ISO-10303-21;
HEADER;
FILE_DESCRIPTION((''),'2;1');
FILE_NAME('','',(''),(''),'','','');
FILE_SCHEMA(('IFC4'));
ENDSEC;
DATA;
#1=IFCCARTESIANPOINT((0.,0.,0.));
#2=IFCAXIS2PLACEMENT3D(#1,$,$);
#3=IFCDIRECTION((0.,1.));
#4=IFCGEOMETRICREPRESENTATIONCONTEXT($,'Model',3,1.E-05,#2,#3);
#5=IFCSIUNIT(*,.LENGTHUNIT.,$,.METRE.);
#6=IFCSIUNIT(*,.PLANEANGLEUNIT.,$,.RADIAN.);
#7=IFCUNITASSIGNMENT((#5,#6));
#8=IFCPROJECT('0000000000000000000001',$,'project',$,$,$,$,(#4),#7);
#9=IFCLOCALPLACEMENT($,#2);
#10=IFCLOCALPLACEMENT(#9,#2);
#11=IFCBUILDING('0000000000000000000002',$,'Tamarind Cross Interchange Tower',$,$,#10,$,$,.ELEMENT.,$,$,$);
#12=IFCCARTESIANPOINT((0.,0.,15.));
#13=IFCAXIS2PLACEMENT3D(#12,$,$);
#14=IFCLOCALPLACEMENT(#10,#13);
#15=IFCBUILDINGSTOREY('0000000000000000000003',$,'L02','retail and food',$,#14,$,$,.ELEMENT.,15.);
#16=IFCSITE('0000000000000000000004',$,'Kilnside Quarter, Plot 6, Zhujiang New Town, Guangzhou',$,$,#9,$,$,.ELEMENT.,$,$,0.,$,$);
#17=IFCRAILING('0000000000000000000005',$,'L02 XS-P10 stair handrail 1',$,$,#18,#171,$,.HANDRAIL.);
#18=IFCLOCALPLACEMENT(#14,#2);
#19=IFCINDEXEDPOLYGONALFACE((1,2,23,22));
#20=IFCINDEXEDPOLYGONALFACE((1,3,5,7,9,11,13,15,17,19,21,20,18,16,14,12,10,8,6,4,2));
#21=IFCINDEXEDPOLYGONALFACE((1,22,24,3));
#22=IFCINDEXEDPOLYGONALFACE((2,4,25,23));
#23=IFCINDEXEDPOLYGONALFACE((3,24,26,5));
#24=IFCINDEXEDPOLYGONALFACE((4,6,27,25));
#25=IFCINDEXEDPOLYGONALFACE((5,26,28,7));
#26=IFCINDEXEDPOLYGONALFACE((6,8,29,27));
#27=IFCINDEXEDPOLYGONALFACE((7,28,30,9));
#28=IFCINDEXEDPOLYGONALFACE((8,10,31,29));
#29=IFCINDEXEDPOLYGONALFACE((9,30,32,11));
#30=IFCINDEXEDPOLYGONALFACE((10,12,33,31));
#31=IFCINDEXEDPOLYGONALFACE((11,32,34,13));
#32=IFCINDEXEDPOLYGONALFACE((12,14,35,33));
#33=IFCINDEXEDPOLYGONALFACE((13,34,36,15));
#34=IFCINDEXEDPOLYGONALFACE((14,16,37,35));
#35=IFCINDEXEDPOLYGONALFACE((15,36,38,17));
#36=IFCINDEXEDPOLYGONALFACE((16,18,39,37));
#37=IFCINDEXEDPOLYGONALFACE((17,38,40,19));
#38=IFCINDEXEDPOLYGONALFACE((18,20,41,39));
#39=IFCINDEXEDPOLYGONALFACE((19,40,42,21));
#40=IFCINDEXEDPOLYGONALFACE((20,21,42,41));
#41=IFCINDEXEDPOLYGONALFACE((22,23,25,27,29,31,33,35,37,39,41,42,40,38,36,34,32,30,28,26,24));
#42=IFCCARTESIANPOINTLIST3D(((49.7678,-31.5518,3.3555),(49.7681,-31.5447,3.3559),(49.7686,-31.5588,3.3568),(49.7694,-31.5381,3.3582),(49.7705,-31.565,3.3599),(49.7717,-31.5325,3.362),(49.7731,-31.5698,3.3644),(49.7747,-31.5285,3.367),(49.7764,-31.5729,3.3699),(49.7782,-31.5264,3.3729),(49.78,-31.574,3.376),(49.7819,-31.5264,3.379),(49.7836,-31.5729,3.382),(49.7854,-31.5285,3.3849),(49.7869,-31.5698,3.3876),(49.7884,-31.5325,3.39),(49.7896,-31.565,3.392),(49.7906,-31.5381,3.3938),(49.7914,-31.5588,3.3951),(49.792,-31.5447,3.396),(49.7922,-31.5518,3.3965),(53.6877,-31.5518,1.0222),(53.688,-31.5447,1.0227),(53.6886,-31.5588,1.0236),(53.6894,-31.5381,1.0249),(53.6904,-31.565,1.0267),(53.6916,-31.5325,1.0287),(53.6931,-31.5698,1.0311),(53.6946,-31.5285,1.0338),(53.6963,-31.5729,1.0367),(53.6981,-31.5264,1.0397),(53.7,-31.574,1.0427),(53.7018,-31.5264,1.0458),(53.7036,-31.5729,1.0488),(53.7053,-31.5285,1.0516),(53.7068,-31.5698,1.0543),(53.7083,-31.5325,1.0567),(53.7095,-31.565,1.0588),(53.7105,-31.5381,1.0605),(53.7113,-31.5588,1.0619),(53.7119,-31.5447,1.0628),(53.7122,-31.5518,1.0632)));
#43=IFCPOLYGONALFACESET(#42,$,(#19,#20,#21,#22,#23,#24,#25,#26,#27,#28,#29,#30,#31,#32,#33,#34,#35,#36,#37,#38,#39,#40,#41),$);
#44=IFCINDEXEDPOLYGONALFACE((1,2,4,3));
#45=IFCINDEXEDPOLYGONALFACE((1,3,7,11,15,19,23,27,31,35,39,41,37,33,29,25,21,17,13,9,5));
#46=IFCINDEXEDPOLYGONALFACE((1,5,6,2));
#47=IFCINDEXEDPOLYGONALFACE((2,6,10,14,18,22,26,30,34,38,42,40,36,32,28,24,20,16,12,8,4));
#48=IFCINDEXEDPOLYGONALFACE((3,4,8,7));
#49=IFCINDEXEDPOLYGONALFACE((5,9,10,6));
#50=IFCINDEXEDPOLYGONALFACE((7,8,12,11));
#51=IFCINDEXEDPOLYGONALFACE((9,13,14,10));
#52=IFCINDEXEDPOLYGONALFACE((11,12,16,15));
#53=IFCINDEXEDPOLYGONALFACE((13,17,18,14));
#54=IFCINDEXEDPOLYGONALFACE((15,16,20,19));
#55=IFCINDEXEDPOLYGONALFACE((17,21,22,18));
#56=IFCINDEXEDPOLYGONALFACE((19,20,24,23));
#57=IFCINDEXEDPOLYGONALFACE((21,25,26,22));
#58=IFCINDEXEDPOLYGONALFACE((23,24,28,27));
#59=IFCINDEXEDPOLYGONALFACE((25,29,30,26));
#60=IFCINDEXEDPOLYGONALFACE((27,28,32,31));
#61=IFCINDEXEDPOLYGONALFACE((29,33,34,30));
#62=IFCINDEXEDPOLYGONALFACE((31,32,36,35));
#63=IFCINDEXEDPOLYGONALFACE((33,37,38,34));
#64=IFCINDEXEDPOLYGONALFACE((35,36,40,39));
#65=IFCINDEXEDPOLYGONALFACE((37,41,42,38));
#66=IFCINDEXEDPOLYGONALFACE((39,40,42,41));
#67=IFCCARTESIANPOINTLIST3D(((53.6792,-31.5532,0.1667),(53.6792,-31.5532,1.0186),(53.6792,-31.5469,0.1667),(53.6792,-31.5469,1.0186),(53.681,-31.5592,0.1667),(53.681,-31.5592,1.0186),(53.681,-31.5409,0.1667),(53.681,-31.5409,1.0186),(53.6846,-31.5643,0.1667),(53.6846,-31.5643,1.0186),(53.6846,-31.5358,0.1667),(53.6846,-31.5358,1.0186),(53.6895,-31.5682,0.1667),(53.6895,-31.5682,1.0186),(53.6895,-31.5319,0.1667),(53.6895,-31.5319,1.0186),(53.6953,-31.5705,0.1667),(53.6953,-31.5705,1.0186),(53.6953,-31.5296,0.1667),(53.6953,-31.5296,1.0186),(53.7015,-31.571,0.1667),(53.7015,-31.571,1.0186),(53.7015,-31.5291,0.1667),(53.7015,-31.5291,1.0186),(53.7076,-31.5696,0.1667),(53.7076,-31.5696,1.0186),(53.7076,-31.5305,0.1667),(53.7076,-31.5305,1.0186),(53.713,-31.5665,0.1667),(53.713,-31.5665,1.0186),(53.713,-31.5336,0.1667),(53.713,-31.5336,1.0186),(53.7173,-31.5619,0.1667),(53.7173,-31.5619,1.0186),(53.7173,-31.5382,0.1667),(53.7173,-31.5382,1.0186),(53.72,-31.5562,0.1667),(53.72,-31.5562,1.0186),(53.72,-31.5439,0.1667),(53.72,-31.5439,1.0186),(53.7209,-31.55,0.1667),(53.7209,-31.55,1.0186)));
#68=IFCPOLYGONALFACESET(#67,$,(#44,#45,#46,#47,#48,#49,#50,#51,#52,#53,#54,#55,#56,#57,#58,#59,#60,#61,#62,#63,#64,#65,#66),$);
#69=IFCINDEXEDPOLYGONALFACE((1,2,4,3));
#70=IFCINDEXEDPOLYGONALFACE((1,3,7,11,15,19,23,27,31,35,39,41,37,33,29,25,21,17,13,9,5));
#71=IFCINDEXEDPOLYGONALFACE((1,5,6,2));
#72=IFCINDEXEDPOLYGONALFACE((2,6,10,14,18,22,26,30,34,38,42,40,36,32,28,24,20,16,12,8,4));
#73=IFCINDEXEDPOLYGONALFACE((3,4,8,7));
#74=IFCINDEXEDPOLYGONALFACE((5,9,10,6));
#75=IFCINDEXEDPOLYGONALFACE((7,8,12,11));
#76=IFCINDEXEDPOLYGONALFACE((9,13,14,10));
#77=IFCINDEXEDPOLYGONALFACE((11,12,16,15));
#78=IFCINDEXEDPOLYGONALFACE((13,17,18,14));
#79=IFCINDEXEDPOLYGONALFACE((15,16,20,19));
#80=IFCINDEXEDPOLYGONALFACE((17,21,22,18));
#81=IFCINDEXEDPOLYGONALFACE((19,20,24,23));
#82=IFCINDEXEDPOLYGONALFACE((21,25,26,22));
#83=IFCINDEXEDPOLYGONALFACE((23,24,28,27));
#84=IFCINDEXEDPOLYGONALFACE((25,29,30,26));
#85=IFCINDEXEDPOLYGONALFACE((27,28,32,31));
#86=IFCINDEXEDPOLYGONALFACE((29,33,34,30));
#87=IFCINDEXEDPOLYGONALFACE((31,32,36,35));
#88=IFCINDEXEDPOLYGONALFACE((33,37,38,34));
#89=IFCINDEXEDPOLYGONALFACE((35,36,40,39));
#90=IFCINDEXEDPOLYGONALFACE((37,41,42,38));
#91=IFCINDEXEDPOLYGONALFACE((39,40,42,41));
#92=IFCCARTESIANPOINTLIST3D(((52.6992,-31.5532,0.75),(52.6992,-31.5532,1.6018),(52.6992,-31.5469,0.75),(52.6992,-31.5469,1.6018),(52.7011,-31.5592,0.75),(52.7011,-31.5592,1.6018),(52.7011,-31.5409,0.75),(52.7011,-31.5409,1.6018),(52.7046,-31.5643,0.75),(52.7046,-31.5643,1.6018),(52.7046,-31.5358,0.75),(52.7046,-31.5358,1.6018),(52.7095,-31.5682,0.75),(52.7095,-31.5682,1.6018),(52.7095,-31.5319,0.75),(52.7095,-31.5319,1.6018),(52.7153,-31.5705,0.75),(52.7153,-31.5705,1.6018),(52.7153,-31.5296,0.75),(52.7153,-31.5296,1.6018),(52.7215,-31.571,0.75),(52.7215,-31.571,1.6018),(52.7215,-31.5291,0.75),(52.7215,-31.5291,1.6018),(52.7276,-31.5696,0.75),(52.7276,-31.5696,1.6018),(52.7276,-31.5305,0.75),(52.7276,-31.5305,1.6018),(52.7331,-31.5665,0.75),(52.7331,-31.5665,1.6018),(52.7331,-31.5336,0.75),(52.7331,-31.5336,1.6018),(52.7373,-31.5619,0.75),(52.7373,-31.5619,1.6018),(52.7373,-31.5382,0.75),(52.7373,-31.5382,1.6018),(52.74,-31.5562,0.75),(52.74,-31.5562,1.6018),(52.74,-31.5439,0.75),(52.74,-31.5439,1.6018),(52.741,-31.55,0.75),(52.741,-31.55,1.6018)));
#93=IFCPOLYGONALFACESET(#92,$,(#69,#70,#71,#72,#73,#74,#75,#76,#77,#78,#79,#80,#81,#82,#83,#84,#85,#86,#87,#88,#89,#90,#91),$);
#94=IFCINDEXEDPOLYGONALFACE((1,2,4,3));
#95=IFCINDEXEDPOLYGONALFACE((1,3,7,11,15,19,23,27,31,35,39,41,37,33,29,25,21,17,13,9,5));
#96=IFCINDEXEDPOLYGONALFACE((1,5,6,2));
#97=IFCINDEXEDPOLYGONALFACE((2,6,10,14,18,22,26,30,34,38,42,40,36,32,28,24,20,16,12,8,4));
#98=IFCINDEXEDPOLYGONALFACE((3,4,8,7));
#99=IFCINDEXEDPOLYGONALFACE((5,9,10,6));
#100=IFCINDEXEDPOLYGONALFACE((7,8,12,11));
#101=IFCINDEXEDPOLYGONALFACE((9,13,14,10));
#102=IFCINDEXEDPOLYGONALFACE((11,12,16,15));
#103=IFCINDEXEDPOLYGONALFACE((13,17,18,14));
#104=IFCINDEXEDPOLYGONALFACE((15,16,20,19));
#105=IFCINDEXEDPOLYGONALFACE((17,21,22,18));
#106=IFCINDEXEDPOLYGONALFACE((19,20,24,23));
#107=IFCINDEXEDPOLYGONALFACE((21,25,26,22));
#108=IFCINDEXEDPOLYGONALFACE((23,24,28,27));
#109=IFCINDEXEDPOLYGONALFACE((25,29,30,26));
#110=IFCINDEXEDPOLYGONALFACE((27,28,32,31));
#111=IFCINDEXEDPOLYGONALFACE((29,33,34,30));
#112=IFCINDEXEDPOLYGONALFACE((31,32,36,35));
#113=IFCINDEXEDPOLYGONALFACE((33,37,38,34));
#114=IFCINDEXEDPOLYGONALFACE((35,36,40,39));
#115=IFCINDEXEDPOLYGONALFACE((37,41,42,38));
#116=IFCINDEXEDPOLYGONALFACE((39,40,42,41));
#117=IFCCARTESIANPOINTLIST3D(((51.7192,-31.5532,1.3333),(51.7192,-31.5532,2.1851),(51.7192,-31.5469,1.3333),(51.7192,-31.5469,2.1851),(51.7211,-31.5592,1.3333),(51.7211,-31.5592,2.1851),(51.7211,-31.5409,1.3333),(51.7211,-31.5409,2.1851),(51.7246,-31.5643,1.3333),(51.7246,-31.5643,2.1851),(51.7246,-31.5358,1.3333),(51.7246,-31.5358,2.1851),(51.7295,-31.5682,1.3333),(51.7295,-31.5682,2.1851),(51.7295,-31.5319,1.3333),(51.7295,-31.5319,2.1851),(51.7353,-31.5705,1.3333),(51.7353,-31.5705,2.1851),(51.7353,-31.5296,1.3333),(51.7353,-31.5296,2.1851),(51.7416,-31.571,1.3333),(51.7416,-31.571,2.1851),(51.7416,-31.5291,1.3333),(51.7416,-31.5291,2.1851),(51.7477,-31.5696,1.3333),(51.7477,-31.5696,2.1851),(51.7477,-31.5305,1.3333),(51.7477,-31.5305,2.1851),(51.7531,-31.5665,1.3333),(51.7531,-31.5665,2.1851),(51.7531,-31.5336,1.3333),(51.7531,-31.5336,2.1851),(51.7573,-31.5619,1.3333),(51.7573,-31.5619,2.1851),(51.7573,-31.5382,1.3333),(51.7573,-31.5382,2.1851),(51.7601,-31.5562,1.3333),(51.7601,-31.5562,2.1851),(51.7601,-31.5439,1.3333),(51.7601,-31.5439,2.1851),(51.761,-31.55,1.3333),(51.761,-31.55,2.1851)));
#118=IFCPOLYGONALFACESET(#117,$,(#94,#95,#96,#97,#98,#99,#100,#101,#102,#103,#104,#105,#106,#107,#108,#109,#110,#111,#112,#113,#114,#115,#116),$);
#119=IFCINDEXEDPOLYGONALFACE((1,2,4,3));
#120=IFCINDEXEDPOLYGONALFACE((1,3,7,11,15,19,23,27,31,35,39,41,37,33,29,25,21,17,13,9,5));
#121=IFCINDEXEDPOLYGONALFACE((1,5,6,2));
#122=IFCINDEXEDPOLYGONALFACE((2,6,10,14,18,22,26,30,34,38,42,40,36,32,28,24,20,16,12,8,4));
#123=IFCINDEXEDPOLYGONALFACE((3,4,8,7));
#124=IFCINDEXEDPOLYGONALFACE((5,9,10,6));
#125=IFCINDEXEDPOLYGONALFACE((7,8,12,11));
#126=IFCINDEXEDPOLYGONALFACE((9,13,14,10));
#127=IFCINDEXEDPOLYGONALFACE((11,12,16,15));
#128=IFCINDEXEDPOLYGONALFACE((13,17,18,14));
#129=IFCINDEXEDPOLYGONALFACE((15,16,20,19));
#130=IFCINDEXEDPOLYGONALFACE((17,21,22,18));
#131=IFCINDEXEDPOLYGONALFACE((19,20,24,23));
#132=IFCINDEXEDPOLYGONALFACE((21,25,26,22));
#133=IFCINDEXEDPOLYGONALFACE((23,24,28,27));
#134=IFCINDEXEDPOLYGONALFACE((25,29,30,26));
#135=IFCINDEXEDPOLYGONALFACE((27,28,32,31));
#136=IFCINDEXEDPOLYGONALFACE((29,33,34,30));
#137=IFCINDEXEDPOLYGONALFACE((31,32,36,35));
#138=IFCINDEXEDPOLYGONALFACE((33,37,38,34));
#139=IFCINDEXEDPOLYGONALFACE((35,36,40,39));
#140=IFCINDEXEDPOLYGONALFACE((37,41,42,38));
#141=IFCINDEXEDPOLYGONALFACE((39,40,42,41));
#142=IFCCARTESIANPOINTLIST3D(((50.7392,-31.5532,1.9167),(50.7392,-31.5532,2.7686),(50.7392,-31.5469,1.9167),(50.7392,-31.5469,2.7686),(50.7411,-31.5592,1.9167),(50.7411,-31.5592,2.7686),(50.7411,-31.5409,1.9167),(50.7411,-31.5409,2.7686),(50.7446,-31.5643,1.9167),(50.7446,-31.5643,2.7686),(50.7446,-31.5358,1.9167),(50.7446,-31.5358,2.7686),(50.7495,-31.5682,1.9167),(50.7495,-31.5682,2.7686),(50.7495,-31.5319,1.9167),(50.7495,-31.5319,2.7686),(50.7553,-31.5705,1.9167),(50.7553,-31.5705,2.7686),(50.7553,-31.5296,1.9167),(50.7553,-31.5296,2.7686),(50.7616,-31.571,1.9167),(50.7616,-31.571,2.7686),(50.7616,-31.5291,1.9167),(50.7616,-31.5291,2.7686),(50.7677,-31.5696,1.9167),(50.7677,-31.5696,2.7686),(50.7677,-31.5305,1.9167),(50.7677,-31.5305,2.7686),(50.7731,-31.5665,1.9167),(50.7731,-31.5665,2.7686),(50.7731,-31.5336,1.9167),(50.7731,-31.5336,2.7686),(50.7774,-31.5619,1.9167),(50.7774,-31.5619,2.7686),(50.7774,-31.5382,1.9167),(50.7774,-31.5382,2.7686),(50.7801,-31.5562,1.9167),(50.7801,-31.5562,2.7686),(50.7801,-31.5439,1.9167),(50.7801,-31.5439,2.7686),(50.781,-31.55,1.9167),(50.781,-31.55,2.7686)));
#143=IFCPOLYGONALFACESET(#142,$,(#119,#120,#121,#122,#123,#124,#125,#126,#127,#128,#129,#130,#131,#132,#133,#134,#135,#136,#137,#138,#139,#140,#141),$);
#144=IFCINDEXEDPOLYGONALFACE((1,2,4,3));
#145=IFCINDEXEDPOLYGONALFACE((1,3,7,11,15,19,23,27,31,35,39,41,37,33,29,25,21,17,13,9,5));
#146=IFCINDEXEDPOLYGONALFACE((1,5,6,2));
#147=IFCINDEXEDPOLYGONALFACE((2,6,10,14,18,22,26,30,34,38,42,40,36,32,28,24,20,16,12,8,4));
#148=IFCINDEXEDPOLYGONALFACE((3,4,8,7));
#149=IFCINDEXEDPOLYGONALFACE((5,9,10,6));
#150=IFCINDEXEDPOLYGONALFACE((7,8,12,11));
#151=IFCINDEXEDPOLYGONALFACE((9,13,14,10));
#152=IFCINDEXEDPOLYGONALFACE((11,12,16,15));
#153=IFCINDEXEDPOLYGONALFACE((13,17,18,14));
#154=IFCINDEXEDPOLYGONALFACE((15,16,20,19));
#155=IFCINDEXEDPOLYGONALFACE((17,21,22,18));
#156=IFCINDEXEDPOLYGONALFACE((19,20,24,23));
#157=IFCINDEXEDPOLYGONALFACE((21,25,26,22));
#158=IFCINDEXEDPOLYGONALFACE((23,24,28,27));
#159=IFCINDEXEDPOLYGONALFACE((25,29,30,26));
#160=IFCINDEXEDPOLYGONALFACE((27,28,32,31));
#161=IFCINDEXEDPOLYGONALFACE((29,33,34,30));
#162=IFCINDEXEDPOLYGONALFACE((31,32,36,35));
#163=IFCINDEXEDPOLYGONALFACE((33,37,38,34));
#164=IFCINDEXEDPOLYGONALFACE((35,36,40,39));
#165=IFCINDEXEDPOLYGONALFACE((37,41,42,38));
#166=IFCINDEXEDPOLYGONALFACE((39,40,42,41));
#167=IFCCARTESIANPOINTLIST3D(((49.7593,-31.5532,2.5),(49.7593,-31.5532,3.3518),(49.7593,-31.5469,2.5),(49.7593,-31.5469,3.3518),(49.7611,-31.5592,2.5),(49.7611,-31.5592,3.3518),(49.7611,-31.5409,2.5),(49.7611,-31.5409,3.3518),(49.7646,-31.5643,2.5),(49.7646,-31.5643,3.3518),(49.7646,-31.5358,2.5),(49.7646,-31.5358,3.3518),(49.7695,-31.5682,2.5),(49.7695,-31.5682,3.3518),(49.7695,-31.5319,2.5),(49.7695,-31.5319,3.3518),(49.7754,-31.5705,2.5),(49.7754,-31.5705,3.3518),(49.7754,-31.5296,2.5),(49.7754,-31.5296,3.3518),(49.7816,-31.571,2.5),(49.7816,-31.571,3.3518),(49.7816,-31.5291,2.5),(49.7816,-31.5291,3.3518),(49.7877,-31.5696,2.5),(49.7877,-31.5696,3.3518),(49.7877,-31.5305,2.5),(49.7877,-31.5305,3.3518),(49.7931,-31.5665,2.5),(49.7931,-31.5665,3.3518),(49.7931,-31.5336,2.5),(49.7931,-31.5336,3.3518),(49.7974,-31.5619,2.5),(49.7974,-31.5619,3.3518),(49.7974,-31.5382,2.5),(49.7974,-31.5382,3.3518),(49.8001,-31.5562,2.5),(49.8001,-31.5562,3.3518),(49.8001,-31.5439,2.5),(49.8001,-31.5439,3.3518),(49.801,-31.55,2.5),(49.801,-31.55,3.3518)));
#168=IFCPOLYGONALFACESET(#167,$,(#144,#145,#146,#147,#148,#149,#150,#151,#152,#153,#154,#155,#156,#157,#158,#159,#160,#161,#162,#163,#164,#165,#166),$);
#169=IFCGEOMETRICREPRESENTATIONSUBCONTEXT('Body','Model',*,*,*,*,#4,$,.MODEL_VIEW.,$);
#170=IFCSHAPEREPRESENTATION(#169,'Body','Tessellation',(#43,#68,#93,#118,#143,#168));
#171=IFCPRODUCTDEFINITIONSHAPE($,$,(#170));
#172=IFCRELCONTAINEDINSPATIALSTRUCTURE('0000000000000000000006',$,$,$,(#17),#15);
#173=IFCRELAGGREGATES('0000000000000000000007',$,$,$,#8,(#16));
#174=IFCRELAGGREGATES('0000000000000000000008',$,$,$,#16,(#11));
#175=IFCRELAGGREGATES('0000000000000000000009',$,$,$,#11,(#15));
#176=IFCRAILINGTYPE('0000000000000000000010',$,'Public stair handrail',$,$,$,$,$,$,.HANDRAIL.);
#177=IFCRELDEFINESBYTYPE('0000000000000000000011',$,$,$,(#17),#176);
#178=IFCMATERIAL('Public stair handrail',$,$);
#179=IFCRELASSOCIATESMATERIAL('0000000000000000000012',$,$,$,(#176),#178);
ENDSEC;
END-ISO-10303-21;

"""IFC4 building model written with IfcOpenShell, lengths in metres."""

from ifc_helpers import new_model, si_unit, direction, frame, origin, origin_2d, place, context, subcontext, project, spatial, circle, extrude, material, type_object, element, save


model = new_model("IFC4")

# Units and contexts
model_context = context("Model", 3, precision=1e-05, world=origin(), true_north=direction((0.0, 1.0)))
body_context = subcontext(model_context, "Body", "Model", "MODEL_VIEW")
ifc_project = project(units=[si_unit("LENGTHUNIT", "METRE"), si_unit("PLANEANGLEUNIT", "RADIAN")], contexts=[model_context])

# Site, building, storey
site_placement = place(None, origin())
site = spatial("IfcSite", under=ifc_project, at=site_placement, Name="Kilnside Quarter, Plot 6, Zhujiang New Town, Guangzhou", CompositionType="ELEMENT", RefElevation=0.0)
building_placement = place(site_placement, origin())
building = spatial("IfcBuilding", under=site, at=building_placement, Name="Tamarind Cross Interchange Tower", CompositionType="ELEMENT")
storey_placement = place(building_placement, frame((0.0, 0.0, 15.0)))
storey = spatial("IfcBuildingStorey", under=building, at=storey_placement, Name="L02", Description="retail and food", CompositionType="ELEMENT", Elevation=15.0)

# Railing
ifc_material_1 = material(Name="Public stair handrail")
railing_type_1 = type_object("IfcRailingType", Name="Public stair handrail", PredefinedType="HANDRAIL", material=ifc_material_1)
railing_1_placement = place(storey_placement, frame((53.7, -31.55, 0.1667)))
element("IfcRailing", 1, at=railing_1_placement, inside=storey, type_object=railing_type_1, Name="L02 XS-P10 stair handrail 1", PredefinedType="HANDRAIL", context=body_context, shape_type="SweptSolid", body=[
    extrude(circle(Radius=0.0239, at=origin_2d()), frame((0.0, 0.0, 0.876), z_axis=(-0.859296, 0.0, 0.511478), x_axis=(0.0, -1.0, 0.0)), (0.0, 0.0, 1.0), 4.5618),
    extrude(circle(Radius=0.021, at=origin_2d()), origin(), (0.0, 0.0, 1.0), 0.8518),
    extrude(circle(Radius=0.021, at=origin_2d()), frame((-0.98, 0.0, 0.5833)), (0.0, 0.0, 1.0), 0.8518),
    extrude(circle(Radius=0.021, at=origin_2d()), frame((-1.96, 0.0, 1.1665)), (0.0, 0.0, 1.0), 0.8518),
    extrude(circle(Radius=0.021, at=origin_2d()), frame((-2.9399, 0.0, 1.75)), (0.0, 0.0, 1.0), 0.8518),
    extrude(circle(Radius=0.021, at=origin_2d()), frame((-3.9199, 0.0, 2.3333)), (0.0, 0.0, 1.0), 0.8518),
])

save(model, "model.ifc")
